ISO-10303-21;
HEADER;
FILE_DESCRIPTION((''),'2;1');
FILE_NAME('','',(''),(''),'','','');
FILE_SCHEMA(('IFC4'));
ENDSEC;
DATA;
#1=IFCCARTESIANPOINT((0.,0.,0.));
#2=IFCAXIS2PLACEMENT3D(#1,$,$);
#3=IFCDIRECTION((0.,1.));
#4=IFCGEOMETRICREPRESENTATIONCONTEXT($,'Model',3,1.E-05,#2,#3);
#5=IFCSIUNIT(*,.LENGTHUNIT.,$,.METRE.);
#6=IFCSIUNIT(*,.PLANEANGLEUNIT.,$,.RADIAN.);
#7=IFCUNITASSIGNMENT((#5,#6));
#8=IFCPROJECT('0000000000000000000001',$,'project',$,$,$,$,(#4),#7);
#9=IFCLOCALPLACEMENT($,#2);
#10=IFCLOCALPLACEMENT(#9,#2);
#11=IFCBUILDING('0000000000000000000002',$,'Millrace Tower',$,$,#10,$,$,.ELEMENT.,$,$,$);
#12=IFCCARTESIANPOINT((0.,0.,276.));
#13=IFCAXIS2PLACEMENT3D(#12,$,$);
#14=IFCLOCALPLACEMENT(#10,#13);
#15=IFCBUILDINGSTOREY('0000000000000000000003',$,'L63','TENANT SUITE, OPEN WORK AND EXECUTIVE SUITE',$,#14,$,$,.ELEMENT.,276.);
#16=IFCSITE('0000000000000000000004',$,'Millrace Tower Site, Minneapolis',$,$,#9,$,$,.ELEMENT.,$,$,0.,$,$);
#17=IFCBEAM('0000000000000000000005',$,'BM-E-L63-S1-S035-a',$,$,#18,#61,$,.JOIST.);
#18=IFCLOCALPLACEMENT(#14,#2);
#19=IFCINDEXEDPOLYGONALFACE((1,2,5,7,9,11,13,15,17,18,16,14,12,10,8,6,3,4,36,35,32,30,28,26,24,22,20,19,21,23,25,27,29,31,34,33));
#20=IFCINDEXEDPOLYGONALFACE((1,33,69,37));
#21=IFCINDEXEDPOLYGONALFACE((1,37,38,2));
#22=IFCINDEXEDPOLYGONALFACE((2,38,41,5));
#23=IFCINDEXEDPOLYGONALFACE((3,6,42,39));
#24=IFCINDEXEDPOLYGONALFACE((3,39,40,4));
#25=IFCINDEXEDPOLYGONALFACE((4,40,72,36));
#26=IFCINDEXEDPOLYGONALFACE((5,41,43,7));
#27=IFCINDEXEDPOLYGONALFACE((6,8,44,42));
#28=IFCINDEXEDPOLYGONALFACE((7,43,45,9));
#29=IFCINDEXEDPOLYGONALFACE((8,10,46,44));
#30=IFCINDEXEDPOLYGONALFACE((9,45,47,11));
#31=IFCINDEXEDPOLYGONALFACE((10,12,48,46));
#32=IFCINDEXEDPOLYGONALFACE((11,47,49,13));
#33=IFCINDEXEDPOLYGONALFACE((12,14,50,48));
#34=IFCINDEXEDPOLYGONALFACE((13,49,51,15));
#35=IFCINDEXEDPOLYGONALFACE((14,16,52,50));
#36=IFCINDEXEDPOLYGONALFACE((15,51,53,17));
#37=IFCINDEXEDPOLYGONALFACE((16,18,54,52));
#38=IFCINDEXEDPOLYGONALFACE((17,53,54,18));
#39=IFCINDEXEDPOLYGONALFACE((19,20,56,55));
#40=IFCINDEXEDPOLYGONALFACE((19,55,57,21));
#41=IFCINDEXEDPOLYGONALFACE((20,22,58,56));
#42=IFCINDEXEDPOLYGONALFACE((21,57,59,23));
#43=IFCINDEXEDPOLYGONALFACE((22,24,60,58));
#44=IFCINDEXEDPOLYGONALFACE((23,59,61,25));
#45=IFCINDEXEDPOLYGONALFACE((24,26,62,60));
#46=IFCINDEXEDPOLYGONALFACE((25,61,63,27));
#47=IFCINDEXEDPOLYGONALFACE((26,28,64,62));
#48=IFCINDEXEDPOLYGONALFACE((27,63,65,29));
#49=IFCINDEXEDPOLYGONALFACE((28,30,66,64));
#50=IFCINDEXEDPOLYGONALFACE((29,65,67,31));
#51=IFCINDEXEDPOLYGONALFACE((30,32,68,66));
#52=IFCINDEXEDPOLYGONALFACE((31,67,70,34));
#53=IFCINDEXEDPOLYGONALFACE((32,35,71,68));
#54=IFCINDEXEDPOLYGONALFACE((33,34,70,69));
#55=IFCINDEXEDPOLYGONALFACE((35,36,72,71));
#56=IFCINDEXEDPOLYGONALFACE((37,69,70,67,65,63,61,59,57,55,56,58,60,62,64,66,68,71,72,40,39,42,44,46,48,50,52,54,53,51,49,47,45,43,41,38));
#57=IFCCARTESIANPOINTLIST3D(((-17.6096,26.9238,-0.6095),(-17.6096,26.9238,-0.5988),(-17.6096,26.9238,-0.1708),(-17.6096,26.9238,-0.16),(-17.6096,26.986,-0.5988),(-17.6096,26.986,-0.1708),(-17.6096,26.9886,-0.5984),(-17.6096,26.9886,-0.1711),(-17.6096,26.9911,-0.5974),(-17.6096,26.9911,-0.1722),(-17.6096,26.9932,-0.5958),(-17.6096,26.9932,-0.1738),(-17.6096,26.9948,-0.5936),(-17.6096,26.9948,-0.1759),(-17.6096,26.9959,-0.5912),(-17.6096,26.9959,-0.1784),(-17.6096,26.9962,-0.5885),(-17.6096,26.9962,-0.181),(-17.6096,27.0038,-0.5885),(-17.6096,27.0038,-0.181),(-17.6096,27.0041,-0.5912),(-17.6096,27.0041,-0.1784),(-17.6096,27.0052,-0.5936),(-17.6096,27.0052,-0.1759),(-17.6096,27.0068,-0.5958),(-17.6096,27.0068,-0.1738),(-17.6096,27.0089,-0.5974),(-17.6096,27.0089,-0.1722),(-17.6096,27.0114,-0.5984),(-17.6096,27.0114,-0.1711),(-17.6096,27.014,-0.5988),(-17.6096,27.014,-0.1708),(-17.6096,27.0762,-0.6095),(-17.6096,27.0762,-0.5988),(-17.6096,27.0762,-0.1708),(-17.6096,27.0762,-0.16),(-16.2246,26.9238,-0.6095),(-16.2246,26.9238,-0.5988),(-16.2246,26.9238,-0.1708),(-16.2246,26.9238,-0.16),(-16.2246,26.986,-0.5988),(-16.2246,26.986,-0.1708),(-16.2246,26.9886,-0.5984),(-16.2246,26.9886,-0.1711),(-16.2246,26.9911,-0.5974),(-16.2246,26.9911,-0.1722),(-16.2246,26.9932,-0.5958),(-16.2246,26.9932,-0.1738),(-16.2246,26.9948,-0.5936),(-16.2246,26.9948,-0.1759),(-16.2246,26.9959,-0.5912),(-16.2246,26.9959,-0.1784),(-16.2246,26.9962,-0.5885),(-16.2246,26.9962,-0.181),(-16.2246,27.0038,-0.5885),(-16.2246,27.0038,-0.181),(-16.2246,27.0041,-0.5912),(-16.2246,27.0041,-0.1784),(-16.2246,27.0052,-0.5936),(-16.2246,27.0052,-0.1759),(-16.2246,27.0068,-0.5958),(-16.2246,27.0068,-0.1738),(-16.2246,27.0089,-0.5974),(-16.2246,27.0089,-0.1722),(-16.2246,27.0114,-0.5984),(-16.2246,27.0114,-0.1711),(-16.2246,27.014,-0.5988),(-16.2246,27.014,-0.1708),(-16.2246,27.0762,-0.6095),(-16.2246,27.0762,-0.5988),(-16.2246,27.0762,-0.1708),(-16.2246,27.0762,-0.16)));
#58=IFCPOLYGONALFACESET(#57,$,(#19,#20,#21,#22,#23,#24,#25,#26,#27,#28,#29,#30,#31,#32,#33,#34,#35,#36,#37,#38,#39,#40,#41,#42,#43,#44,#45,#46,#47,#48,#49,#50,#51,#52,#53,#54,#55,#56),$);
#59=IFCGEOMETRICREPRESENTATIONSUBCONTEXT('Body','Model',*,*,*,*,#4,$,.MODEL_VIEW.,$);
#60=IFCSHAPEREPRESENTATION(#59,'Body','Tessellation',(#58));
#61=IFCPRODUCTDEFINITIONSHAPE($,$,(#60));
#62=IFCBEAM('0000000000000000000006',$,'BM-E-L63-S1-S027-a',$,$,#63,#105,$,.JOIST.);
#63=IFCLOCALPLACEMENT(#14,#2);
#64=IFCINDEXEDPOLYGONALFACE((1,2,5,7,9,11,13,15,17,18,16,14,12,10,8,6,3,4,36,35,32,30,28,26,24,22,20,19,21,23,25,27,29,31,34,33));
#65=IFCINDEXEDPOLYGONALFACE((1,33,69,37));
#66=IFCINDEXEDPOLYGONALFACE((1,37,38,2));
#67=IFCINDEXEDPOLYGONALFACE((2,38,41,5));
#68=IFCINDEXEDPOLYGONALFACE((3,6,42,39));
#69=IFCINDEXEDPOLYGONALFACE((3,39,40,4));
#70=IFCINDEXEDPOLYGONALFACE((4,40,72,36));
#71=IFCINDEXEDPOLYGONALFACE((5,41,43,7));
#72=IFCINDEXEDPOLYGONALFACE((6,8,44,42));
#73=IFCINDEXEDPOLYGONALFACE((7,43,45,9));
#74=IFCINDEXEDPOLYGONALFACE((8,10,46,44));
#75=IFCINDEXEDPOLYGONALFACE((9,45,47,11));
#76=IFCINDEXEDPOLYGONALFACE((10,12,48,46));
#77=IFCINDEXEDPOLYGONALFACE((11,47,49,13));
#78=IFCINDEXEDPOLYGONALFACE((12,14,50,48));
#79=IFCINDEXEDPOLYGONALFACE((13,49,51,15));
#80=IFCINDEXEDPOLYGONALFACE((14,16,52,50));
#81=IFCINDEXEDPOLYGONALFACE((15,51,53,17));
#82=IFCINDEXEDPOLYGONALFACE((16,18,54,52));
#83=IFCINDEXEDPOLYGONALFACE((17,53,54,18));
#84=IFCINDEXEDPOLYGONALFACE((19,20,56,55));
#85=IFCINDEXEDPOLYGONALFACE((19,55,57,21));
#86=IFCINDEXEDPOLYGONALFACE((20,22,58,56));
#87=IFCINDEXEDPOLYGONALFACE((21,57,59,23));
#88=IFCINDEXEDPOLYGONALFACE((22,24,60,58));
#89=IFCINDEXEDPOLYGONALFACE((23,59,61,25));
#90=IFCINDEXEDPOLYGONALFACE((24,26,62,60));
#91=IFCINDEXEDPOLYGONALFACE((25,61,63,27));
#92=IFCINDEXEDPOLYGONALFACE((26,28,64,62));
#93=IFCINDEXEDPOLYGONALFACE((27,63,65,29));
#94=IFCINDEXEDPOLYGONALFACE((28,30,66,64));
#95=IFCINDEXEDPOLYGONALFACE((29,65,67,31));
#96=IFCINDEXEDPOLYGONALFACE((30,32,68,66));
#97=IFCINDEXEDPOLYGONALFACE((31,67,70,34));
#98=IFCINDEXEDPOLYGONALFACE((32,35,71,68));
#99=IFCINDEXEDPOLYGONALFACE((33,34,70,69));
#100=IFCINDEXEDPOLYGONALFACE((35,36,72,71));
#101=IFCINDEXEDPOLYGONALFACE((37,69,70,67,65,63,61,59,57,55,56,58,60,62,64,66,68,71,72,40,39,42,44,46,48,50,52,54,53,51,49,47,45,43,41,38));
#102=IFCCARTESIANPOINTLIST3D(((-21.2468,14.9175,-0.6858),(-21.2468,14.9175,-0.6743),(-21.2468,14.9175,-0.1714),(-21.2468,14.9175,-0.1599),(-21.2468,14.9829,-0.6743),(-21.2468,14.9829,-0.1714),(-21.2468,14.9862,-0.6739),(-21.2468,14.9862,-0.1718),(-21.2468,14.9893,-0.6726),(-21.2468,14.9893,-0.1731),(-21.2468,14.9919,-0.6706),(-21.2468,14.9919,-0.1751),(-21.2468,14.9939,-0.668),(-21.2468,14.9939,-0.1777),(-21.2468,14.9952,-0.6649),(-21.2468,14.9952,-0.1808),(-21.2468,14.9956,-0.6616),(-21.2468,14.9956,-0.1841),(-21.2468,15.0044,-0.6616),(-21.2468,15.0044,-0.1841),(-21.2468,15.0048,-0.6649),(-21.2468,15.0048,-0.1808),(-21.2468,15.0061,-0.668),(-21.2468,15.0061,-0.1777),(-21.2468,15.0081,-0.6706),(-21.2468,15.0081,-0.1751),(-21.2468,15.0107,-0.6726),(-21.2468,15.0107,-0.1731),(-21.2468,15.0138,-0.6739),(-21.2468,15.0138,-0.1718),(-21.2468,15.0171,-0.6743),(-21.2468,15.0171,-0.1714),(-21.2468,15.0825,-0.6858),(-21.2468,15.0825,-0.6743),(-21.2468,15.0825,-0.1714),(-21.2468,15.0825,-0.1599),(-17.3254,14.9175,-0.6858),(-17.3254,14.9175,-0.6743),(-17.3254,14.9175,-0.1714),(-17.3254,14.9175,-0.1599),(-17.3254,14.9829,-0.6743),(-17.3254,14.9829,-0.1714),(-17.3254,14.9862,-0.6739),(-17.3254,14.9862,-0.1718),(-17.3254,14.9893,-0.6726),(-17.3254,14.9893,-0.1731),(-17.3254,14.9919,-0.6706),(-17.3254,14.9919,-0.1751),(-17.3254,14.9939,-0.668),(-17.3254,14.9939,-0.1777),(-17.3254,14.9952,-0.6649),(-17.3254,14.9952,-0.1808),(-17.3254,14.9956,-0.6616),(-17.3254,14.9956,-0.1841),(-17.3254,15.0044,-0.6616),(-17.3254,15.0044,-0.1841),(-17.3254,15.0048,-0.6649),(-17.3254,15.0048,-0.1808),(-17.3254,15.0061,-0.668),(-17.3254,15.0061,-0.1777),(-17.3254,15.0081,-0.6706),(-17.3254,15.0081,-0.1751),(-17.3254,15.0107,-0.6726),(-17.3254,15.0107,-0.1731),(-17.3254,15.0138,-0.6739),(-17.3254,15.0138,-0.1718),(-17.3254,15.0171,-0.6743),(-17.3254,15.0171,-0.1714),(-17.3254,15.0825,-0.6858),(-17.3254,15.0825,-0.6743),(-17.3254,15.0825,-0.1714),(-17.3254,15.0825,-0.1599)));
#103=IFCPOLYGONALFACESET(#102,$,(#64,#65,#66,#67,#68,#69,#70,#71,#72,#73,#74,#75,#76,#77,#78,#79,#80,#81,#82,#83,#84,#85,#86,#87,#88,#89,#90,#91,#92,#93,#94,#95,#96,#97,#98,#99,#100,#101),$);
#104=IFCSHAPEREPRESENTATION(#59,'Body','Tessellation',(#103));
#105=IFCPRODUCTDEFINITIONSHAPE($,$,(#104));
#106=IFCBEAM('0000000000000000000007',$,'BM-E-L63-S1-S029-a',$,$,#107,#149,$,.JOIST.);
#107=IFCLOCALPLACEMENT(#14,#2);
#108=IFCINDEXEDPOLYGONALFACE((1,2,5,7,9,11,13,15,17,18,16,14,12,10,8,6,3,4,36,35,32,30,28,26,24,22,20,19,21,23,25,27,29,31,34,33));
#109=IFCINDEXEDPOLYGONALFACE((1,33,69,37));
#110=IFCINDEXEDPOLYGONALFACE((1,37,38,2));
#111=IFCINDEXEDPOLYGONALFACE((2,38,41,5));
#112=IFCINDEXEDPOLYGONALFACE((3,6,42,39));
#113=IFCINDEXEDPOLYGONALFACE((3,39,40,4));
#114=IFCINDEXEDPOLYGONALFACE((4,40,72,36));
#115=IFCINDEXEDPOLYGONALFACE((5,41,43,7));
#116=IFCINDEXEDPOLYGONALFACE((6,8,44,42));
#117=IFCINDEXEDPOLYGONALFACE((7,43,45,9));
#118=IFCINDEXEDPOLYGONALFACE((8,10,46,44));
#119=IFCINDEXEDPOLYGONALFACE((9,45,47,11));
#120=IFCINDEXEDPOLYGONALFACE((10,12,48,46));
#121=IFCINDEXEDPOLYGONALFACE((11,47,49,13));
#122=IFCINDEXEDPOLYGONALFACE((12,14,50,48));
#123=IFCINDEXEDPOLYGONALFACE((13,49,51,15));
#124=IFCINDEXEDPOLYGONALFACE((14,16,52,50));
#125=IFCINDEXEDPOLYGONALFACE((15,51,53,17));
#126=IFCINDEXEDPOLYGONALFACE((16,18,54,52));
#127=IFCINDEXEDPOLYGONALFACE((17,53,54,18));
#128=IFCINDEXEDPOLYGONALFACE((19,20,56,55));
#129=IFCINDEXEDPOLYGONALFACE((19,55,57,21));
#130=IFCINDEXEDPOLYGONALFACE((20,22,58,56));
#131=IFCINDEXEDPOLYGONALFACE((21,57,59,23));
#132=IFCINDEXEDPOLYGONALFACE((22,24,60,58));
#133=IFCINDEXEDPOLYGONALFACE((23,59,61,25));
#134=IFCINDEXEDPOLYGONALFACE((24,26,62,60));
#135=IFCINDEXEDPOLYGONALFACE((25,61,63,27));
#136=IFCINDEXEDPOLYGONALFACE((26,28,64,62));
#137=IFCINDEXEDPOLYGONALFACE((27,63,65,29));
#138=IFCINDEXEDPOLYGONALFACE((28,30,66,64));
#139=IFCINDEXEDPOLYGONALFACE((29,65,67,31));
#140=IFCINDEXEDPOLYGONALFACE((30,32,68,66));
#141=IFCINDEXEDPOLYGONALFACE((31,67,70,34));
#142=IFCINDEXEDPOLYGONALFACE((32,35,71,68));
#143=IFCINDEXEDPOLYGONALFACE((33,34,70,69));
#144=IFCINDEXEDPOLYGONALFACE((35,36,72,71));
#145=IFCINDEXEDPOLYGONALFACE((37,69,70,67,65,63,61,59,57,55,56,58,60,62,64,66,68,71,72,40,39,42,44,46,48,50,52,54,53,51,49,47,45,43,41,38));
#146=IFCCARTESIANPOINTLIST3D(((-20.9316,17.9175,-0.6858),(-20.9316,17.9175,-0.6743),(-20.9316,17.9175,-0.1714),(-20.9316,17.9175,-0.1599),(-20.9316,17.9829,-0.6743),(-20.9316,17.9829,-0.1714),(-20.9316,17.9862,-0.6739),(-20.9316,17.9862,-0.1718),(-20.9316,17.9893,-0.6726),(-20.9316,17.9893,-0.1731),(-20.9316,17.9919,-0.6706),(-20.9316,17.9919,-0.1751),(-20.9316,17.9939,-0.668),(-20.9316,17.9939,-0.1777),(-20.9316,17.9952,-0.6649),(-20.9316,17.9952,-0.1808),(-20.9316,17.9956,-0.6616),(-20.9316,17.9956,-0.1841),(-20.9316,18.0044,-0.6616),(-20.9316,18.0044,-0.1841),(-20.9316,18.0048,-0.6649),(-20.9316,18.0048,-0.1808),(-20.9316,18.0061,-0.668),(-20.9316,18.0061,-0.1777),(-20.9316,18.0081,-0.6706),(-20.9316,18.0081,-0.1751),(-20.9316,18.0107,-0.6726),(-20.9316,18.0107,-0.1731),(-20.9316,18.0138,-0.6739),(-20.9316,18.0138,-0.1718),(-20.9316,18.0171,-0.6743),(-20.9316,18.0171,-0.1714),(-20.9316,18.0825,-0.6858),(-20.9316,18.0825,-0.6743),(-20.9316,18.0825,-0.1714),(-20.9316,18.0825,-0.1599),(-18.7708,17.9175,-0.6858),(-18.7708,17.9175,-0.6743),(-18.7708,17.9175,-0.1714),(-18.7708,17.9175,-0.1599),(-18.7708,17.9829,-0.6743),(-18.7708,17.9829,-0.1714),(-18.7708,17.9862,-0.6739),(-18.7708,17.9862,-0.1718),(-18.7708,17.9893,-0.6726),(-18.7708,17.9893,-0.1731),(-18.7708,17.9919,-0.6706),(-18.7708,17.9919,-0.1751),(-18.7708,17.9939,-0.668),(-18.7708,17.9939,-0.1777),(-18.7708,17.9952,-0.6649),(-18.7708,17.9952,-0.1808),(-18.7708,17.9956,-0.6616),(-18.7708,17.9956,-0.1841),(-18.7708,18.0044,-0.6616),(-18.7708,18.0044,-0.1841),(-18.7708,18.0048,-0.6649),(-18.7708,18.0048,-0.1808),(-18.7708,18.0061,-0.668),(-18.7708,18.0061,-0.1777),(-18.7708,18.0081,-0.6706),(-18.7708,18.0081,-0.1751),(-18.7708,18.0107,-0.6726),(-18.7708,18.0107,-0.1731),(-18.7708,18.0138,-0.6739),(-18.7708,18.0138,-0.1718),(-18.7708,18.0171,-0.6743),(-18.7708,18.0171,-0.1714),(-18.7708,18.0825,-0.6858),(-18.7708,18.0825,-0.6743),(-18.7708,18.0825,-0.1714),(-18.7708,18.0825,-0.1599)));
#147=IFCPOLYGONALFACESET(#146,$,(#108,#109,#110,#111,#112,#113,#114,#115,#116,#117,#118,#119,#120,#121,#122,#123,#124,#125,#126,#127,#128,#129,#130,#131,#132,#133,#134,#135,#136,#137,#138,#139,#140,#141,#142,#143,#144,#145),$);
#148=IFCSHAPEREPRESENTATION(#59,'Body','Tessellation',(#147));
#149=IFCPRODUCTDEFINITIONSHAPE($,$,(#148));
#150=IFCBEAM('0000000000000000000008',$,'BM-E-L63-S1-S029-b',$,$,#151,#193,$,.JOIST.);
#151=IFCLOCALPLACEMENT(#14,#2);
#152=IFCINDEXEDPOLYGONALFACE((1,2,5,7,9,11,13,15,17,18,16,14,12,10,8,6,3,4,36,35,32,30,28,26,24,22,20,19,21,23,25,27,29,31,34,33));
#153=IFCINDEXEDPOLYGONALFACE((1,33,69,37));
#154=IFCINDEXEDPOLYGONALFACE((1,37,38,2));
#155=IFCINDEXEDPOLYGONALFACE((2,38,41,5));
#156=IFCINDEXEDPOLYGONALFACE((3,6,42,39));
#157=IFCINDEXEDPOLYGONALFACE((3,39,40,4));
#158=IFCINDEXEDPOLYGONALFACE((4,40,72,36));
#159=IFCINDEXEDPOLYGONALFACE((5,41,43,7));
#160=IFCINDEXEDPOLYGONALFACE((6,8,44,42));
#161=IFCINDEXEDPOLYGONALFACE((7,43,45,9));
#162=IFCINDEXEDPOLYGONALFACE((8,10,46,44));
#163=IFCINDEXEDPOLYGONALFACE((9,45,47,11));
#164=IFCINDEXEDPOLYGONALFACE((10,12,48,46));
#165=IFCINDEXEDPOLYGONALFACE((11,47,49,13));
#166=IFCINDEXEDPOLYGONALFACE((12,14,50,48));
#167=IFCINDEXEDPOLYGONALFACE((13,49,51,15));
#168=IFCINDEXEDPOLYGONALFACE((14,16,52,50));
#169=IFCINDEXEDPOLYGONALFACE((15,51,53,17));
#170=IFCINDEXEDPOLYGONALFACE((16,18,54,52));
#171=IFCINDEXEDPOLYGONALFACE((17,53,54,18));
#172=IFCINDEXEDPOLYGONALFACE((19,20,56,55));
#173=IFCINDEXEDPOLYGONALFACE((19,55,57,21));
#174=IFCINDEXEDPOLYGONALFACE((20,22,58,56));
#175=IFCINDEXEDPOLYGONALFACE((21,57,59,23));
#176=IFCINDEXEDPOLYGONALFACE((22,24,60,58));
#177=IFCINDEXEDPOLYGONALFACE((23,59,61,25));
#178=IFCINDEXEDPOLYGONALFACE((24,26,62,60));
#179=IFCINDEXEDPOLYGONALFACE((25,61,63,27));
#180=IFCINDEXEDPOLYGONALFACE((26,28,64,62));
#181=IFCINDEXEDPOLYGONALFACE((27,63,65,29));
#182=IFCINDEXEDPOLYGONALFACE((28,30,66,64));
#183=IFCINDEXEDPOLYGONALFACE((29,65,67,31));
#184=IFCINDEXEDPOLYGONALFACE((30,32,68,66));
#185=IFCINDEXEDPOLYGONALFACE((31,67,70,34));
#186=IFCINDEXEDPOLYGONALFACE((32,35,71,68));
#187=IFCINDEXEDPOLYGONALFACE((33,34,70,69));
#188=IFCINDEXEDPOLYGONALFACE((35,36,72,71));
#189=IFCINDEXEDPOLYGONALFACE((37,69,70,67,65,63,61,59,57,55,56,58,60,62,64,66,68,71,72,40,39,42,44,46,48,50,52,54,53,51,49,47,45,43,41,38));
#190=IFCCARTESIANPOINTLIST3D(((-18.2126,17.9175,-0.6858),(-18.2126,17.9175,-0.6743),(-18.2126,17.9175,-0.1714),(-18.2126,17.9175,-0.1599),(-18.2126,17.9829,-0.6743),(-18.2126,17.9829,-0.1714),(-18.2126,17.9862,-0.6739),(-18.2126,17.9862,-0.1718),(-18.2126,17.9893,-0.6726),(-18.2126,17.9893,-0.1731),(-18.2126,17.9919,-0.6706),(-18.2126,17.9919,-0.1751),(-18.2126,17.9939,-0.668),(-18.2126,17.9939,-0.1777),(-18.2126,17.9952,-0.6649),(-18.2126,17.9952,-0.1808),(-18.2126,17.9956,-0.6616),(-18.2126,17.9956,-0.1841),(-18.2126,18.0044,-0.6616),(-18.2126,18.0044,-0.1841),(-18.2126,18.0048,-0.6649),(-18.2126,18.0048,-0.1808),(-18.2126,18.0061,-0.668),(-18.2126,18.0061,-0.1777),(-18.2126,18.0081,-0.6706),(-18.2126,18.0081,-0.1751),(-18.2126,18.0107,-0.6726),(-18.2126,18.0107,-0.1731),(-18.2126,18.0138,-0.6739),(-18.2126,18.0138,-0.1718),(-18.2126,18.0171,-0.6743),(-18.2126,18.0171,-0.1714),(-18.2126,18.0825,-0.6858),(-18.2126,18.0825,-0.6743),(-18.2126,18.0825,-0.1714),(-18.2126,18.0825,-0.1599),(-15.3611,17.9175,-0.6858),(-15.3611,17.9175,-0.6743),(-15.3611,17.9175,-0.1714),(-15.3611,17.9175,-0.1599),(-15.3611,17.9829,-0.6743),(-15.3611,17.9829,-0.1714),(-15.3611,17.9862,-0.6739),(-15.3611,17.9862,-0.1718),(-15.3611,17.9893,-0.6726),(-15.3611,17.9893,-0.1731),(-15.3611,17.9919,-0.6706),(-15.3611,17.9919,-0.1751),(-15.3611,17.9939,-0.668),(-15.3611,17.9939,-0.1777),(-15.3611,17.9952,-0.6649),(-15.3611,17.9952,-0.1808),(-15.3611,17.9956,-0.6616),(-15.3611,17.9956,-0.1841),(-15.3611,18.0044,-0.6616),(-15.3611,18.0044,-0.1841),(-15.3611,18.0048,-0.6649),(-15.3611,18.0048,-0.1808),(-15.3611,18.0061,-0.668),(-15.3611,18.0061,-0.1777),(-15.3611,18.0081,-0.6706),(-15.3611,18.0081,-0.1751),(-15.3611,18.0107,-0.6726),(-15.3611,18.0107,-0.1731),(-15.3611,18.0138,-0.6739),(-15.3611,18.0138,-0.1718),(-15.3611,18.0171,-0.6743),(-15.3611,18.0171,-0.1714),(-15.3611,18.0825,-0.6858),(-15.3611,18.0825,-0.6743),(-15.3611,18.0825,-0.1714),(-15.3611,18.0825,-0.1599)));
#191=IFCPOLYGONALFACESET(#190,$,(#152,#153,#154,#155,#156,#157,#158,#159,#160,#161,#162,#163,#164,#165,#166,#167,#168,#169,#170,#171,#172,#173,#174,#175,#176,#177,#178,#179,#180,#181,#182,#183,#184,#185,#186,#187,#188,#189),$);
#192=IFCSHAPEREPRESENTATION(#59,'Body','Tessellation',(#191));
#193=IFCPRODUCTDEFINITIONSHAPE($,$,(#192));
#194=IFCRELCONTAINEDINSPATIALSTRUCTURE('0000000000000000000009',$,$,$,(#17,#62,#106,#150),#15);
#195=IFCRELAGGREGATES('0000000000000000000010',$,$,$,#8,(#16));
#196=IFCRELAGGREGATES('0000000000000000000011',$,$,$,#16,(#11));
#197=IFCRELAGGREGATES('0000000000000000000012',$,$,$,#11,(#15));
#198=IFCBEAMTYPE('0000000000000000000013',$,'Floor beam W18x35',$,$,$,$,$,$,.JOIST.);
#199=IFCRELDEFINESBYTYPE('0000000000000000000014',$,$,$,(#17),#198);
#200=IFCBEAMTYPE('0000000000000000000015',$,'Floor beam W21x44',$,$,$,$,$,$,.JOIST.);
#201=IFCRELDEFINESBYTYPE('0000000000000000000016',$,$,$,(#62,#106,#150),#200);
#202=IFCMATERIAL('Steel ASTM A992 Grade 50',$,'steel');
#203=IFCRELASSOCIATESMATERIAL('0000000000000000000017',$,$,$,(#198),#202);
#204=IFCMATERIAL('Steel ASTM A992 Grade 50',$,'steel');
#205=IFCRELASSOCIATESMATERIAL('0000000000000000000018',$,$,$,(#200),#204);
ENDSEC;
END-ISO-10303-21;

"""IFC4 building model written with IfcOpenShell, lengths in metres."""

from ifc_helpers import new_model, si_unit, direction, frame, origin, origin_2d, place, context, subcontext, project, spatial, i_section, extrude, material, material_profile, profile_set, type_object, element, save


model = new_model("IFC4")

# Units and contexts
model_context = context("Model", 3, precision=1e-05, world=origin(), true_north=direction((0.0, 1.0)))
body_context = subcontext(model_context, "Body", "Model", "MODEL_VIEW")
ifc_project = project(units=[si_unit("LENGTHUNIT", "METRE"), si_unit("PLANEANGLEUNIT", "RADIAN")], contexts=[model_context])

# Site, building, storey
site_placement = place(None, origin())
site = spatial("IfcSite", under=ifc_project, at=site_placement, Name="Millrace Tower Site, Minneapolis", CompositionType="ELEMENT", RefElevation=0.0)
building_placement = place(site_placement, origin())
building = spatial("IfcBuilding", under=site, at=building_placement, Name="Millrace Tower", CompositionType="ELEMENT")
storey_placement = place(building_placement, frame((0.0, 0.0, 276.0)))
storey = spatial("IfcBuildingStorey", under=building, at=storey_placement, Name="L63", Description="TENANT SUITE, OPEN WORK AND EXECUTIVE SUITE", CompositionType="ELEMENT", Elevation=276.0)

# Beams
ifc_material_1 = material(Name="Steel ASTM A992 Grade 50", Category="steel")
ifc_material_profile_1 = material_profile(ifc_material_1, i_section(OverallWidth=0.1523, OverallDepth=0.4495, WebThickness=0.0076, FlangeThickness=0.0107, FilletRadius=0.0103, at=origin_2d()))
ifc_profile_set_1 = profile_set([ifc_material_profile_1], Name="Steel ASTM A992 Grade 50")
beam_type_1 = type_object("IfcBeamType", Name="Floor beam W18x35", PredefinedType="JOIST", material=ifc_profile_set_1)
beam_1_placement = place(storey_placement, frame((-17.6096, 27.0, -0.3848), z_axis=(1.0, 0.0, 0.0), x_axis=(0.0, 1.0, 0.0)))
element("IfcBeam", 1, at=beam_1_placement, inside=storey, type_object=beam_type_1, Name="BM-E-L63-S1-S035-a", PredefinedType="JOIST", context=body_context, shape_type="SweptSolid", body=[
    extrude(i_section(OverallWidth=0.1523, OverallDepth=0.4495, WebThickness=0.0076, FlangeThickness=0.0107, FilletRadius=0.0103, at=origin_2d()), origin(), (0.0, 0.0, 1.0), 1.385),
])
ifc_material_2 = material(Name="Steel ASTM A992 Grade 50", Category="steel")
ifc_material_profile_2 = material_profile(ifc_material_2, i_section(OverallWidth=0.165, OverallDepth=0.5259, WebThickness=0.0088, FlangeThickness=0.0115, FilletRadius=0.0127, at=origin_2d()))
ifc_profile_set_2 = profile_set([ifc_material_profile_2], Name="Steel ASTM A992 Grade 50")
beam_type_2 = type_object("IfcBeamType", Name="Floor beam W21x44", PredefinedType="JOIST", material=ifc_profile_set_2)
beam_2_placement = place(storey_placement, frame((-21.2468, 15.0, -0.4229), z_axis=(1.0, 0.0, 0.0), x_axis=(0.0, 1.0, 0.0)))
element("IfcBeam", 2, at=beam_2_placement, inside=storey, type_object=beam_type_2, Name="BM-E-L63-S1-S027-a", PredefinedType="JOIST", context=body_context, shape_type="SweptSolid", body=[
    extrude(i_section(OverallWidth=0.165, OverallDepth=0.5259, WebThickness=0.0088, FlangeThickness=0.0115, FilletRadius=0.0127, at=origin_2d()), origin(), (0.0, 0.0, 1.0), 3.9214),
])
beam_3_placement = place(storey_placement, frame((-20.9316, 18.0, -0.4229), z_axis=(1.0, 0.0, 0.0), x_axis=(0.0, 1.0, 0.0)))
element("IfcBeam", 3, at=beam_3_placement, inside=storey, type_object=beam_type_2, Name="BM-E-L63-S1-S029-a", PredefinedType="JOIST", context=body_context, shape_type="SweptSolid", body=[
    extrude(i_section(OverallWidth=0.165, OverallDepth=0.5259, WebThickness=0.0088, FlangeThickness=0.0115, FilletRadius=0.0127, at=origin_2d()), origin(), (0.0, 0.0, 1.0), 2.1609),
])
beam_4_placement = place(storey_placement, frame((-18.2126, 18.0, -0.4229), z_axis=(1.0, 0.0, 0.0), x_axis=(0.0, 1.0, 0.0)))
element("IfcBeam", 4, at=beam_4_placement, inside=storey, type_object=beam_type_2, Name="BM-E-L63-S1-S029-b", PredefinedType="JOIST", context=body_context, shape_type="SweptSolid", body=[
    extrude(i_section(OverallWidth=0.165, OverallDepth=0.5259, WebThickness=0.0088, FlangeThickness=0.0115, FilletRadius=0.0127, at=origin_2d()), origin(), (0.0, 0.0, 1.0), 2.8516),
])

save(model, "model.ifc")
